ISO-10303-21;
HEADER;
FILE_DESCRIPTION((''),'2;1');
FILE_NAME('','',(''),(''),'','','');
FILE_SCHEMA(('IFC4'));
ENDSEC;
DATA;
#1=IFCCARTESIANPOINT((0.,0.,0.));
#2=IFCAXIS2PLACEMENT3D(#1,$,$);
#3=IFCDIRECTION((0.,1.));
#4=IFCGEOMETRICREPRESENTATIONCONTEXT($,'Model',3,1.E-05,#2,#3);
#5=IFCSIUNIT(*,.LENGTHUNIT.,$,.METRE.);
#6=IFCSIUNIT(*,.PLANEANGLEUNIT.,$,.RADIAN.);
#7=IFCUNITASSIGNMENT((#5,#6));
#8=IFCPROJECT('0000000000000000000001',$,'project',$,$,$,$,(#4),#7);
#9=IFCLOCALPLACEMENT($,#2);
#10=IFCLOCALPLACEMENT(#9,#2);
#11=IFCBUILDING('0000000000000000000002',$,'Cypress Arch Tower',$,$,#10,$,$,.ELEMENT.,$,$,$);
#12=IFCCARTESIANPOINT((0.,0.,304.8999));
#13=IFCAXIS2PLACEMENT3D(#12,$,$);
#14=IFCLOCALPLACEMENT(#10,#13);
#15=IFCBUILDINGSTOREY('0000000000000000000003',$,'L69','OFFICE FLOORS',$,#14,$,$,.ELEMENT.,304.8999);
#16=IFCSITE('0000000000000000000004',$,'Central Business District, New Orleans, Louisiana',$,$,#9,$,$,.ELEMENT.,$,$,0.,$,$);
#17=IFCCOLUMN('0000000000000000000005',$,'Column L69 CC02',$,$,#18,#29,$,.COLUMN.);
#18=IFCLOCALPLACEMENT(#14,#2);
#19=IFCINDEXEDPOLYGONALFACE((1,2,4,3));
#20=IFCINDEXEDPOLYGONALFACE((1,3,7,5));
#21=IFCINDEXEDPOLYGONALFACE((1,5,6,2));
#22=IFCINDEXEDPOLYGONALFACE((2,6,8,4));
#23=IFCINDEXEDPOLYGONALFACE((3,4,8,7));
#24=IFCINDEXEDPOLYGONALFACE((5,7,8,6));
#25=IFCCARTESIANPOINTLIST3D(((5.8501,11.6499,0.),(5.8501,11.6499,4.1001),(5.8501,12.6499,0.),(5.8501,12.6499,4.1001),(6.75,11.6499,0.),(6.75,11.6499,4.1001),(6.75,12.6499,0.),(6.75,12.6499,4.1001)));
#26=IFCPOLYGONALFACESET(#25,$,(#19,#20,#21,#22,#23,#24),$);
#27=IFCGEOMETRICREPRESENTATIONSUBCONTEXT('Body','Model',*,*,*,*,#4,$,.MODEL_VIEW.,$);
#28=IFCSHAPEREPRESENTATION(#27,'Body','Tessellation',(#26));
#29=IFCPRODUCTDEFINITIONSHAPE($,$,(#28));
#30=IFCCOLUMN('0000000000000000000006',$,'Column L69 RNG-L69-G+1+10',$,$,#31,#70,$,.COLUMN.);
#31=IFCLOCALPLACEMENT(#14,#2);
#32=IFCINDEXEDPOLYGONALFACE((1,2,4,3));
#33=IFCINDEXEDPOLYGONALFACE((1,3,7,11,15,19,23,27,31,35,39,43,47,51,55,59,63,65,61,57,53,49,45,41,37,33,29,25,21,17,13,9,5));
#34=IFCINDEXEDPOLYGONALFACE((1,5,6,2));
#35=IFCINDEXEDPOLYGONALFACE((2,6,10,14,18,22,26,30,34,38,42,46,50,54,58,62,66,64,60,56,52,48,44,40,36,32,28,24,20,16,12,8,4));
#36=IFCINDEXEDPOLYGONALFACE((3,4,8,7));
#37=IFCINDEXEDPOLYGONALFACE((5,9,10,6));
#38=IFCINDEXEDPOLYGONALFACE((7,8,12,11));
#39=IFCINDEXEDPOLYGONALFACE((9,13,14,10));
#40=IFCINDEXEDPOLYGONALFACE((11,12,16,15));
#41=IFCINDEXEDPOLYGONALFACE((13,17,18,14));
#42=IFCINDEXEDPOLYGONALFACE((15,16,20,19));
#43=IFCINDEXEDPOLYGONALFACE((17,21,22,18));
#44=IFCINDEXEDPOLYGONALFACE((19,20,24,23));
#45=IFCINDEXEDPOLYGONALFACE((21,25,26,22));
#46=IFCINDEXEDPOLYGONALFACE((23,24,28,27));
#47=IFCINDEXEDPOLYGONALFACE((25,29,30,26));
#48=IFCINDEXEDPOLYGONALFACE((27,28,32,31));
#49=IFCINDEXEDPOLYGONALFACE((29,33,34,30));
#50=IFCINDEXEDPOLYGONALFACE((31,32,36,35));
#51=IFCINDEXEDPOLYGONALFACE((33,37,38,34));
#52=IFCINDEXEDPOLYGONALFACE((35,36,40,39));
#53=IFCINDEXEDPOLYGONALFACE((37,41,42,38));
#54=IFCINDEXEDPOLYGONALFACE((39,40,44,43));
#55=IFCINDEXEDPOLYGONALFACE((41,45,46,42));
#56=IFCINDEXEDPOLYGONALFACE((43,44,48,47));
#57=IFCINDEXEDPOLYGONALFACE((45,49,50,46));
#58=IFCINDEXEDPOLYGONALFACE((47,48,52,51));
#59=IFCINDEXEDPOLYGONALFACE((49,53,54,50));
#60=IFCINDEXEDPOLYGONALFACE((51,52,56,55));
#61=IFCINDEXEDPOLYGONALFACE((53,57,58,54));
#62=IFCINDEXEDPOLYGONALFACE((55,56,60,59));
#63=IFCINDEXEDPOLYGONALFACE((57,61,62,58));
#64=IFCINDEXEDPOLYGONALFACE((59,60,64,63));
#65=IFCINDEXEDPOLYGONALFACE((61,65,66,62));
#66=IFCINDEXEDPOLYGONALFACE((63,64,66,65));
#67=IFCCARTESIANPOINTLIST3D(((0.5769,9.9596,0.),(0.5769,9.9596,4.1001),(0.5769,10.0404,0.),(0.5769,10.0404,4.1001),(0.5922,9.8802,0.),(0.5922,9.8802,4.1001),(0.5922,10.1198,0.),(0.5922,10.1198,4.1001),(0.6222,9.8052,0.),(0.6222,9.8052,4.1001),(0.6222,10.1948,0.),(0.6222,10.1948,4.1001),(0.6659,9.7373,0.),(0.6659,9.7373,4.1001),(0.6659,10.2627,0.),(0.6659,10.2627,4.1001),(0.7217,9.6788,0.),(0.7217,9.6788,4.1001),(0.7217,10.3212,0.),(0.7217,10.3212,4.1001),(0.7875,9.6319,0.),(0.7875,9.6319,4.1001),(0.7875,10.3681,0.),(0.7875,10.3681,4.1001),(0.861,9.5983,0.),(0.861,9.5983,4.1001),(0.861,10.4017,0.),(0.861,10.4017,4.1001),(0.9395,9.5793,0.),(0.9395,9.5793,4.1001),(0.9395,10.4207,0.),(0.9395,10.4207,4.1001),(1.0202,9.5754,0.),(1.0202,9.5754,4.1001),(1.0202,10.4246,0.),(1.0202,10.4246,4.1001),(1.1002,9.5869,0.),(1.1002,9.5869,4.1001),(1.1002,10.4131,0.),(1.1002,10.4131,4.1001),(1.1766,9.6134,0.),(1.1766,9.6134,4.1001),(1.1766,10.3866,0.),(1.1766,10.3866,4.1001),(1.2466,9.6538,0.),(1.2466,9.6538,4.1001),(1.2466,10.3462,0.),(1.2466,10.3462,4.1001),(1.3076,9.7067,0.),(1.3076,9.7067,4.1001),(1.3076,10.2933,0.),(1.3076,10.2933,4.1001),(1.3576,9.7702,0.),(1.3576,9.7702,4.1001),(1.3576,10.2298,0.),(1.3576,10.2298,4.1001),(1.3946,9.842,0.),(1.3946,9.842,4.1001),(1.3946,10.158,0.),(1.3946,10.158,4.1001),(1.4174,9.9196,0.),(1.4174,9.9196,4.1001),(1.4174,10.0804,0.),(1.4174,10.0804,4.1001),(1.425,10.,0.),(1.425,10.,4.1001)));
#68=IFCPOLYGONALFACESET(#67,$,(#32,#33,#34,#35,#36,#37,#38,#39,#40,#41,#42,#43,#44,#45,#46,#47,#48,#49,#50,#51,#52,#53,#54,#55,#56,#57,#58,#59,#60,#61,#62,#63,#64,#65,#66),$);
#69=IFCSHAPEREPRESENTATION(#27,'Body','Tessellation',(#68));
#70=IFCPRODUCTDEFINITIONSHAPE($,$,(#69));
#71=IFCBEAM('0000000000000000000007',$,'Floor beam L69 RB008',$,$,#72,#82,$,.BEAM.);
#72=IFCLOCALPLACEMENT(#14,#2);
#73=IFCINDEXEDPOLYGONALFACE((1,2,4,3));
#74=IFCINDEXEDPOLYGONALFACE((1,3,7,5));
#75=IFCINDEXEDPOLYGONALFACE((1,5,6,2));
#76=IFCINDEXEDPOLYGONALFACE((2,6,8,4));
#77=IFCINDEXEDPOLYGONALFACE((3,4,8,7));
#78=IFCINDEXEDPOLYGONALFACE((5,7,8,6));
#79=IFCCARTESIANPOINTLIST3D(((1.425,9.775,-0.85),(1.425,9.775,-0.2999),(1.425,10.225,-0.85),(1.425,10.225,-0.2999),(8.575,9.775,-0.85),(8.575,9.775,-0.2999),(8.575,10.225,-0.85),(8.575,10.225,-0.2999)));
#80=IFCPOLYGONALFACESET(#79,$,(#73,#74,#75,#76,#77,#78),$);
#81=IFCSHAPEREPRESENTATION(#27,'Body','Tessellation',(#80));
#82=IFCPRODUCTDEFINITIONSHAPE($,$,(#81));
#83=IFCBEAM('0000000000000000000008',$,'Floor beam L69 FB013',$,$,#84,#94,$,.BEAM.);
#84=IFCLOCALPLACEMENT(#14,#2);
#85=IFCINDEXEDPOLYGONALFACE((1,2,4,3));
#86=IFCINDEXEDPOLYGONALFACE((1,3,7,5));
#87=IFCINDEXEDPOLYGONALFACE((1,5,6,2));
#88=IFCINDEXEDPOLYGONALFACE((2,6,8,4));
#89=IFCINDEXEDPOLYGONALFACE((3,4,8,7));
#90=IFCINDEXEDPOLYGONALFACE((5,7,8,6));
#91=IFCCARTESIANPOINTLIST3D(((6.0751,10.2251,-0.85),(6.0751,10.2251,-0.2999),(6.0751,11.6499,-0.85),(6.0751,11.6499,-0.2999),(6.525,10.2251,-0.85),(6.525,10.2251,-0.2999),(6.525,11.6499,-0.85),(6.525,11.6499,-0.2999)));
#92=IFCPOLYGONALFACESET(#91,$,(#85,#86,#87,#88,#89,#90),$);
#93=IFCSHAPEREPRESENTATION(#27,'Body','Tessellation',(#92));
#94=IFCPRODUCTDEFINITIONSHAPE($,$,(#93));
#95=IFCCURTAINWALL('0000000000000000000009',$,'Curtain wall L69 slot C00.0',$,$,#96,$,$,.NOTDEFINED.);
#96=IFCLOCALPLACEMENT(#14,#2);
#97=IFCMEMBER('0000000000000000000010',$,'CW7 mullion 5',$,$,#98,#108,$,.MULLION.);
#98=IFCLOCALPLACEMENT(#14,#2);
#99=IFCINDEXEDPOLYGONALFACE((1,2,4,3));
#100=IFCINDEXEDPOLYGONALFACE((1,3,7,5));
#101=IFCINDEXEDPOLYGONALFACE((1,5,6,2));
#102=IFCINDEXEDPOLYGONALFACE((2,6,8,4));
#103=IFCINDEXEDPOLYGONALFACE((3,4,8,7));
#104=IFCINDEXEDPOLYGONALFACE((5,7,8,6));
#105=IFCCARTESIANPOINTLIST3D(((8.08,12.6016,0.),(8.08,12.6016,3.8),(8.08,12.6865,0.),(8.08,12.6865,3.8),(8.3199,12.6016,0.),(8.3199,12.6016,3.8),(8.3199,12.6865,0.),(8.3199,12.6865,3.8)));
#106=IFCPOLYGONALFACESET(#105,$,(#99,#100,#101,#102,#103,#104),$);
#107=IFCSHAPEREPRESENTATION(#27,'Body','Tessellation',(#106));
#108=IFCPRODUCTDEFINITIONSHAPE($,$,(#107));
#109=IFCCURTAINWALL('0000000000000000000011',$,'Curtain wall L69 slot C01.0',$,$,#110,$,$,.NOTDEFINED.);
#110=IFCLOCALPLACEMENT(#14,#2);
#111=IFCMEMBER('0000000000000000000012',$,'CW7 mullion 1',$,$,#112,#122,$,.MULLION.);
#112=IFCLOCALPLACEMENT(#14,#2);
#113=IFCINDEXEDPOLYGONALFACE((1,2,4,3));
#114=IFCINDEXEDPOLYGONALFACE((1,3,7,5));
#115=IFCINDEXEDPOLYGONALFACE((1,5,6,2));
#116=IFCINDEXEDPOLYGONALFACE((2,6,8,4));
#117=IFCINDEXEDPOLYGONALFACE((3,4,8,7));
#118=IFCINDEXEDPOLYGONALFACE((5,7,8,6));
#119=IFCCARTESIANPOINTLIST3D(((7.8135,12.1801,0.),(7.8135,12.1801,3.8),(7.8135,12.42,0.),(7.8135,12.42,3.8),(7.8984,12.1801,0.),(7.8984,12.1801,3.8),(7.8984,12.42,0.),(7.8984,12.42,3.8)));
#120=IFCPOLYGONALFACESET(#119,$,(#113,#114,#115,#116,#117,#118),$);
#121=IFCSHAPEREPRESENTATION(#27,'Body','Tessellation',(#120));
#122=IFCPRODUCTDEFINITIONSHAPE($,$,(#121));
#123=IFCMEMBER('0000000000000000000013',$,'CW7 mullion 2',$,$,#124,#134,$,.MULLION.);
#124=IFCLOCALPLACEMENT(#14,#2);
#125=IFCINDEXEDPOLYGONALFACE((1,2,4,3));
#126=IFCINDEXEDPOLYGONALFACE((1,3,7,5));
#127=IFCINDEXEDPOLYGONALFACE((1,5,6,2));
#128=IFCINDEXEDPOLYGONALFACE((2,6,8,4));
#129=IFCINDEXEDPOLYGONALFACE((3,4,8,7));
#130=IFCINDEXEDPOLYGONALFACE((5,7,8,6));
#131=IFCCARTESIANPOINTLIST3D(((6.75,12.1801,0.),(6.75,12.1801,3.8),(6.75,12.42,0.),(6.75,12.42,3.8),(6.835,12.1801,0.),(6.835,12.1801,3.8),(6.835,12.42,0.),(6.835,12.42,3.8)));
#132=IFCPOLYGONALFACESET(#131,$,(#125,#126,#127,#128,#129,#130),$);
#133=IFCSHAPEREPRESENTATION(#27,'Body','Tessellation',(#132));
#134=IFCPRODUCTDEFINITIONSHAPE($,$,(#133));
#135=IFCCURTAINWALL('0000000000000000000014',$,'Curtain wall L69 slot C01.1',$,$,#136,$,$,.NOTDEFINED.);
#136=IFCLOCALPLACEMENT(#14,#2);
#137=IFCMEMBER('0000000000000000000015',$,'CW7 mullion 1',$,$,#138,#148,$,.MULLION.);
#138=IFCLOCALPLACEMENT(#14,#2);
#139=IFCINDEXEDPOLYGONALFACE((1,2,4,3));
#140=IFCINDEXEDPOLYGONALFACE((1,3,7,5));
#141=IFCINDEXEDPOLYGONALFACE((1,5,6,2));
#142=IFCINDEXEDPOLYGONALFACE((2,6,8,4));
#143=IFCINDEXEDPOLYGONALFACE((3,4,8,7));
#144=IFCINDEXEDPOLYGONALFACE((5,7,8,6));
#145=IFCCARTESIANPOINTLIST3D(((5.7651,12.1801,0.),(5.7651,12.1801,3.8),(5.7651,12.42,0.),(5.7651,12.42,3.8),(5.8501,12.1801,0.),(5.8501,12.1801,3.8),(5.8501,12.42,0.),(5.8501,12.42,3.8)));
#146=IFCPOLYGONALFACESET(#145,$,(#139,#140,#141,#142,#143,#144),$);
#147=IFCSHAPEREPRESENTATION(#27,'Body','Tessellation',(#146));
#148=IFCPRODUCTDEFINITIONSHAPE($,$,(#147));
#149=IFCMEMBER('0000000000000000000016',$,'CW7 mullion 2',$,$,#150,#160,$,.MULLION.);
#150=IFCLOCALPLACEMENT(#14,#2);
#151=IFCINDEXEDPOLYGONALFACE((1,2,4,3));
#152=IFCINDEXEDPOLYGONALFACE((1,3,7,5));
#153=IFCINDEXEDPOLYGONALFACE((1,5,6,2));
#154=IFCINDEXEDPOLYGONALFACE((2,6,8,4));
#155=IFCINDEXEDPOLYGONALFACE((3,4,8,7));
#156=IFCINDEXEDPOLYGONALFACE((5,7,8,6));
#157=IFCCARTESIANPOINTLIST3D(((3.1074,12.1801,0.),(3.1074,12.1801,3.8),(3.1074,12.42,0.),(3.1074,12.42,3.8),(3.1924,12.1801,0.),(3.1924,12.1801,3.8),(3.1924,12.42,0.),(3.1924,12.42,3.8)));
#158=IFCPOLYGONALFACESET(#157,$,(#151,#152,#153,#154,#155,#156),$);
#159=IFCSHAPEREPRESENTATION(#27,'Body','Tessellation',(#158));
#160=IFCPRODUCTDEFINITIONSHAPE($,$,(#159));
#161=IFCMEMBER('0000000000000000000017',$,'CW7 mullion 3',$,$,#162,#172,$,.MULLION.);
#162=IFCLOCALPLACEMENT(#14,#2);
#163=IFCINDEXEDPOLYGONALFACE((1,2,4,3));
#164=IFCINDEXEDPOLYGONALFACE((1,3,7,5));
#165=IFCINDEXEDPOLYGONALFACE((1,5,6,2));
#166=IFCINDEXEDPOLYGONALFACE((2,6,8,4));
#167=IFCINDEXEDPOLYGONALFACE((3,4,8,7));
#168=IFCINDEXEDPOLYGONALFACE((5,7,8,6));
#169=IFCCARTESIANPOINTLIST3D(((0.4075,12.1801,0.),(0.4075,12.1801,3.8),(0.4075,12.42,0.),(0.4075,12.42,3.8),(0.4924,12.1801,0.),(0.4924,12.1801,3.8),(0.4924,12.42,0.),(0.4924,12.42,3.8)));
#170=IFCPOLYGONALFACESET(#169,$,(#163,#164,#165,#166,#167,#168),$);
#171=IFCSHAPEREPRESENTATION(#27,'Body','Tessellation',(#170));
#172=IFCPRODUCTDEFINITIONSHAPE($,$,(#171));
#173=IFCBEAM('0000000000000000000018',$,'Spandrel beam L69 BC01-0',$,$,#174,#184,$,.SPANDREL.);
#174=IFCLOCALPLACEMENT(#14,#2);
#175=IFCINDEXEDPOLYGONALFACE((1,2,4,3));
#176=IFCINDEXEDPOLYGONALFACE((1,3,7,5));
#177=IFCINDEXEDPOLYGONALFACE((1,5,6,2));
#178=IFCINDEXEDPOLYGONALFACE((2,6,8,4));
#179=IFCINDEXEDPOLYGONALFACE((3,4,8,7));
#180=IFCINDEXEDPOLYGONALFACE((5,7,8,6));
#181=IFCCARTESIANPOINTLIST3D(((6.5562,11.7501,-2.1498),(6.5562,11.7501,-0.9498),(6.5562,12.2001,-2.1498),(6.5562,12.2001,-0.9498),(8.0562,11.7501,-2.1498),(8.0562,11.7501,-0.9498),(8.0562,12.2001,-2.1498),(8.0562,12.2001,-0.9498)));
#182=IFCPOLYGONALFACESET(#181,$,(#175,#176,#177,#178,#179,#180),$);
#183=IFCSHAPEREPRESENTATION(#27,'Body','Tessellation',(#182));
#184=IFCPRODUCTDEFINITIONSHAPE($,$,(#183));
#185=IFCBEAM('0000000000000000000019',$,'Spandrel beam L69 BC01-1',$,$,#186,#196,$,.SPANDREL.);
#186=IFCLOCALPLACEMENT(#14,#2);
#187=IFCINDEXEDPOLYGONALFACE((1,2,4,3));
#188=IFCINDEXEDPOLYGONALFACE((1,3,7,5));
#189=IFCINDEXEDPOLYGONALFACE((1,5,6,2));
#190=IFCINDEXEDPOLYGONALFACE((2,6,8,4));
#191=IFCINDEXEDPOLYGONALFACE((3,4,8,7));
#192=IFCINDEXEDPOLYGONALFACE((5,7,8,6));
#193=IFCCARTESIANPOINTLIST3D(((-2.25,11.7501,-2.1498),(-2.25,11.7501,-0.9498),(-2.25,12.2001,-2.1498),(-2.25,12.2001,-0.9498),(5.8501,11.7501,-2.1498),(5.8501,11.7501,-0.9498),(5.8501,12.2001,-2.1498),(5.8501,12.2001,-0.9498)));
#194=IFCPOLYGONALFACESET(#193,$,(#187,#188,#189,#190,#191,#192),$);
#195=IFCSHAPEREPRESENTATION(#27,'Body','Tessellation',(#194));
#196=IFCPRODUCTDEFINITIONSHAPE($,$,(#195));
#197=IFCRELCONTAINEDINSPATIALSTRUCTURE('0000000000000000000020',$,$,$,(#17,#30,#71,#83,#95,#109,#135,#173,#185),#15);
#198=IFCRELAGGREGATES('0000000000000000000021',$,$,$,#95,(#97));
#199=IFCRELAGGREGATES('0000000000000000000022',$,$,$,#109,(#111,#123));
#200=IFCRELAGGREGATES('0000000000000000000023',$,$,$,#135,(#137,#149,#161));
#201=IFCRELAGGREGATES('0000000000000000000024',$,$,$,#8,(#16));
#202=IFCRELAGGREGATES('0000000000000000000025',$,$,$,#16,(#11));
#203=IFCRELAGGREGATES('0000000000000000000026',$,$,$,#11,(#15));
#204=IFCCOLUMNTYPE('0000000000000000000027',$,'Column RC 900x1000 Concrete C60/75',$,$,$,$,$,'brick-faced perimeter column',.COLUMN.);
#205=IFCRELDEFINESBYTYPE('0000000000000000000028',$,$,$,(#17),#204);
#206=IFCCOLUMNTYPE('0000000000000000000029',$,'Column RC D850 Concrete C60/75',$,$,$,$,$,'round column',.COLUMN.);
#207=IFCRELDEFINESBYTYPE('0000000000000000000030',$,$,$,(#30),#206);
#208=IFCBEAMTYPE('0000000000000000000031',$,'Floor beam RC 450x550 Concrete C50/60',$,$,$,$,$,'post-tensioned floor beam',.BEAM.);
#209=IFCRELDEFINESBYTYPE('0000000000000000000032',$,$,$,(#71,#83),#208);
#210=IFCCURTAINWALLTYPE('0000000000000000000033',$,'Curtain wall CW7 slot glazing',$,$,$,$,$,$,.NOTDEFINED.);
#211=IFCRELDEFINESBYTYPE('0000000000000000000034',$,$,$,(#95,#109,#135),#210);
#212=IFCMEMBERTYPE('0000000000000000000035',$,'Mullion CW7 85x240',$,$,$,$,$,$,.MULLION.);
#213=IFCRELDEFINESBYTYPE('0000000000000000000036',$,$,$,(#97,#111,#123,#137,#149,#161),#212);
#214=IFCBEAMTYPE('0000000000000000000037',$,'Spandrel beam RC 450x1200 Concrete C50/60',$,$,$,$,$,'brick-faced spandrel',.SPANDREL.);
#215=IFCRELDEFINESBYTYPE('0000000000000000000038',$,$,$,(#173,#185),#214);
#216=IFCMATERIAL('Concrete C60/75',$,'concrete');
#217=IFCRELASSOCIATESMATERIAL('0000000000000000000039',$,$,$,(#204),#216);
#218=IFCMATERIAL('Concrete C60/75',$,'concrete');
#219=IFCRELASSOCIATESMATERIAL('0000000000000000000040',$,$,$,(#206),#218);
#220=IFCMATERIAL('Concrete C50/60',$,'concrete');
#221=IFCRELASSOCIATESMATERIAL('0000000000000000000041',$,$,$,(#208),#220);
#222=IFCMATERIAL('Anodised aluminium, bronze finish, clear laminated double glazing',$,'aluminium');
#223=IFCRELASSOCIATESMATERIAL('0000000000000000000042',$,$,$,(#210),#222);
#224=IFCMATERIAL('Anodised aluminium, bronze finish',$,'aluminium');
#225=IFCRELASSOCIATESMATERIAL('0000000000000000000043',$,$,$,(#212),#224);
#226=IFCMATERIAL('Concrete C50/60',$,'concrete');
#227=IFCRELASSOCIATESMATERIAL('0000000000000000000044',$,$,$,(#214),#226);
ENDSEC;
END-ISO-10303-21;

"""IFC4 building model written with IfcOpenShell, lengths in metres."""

from ifc_helpers import new_model, si_unit, direction, frame, origin, origin_2d, place, context, subcontext, project, spatial, rectangle, circle, extrude, material, material_profile, profile_set, type_object, element, aggregate, save


model = new_model("IFC4")

# Units and contexts
model_context = context("Model", 3, precision=1e-05, world=origin(), true_north=direction((0.0, 1.0)))
body_context = subcontext(model_context, "Body", "Model", "MODEL_VIEW")
ifc_project = project(units=[si_unit("LENGTHUNIT", "METRE"), si_unit("PLANEANGLEUNIT", "RADIAN")], contexts=[model_context])

# Site, building, storey
site_placement = place(None, origin())
site = spatial("IfcSite", under=ifc_project, at=site_placement, Name="Central Business District, New Orleans, Louisiana", CompositionType="ELEMENT", RefElevation=0.0)
building_placement = place(site_placement, origin())
building = spatial("IfcBuilding", under=site, at=building_placement, Name="Cypress Arch Tower", CompositionType="ELEMENT")
storey_placement = place(building_placement, frame((0.0, 0.0, 304.8999)))
storey = spatial("IfcBuildingStorey", under=building, at=storey_placement, Name="L69", Description="OFFICE FLOORS", CompositionType="ELEMENT", Elevation=304.8999)

# Columns
ifc_material_1 = material(Name="Concrete C60/75", Category="concrete")
ifc_material_profile_1 = material_profile(ifc_material_1, rectangle(XDim=0.8999, YDim=1.0, at=origin_2d()), Name="RC 900x1000")
ifc_profile_set_1 = profile_set([ifc_material_profile_1], Name="Concrete C60/75")
column_type_1 = type_object("IfcColumnType", Name="Column RC 900x1000 Concrete C60/75", ElementType="brick-faced perimeter column", PredefinedType="COLUMN", material=ifc_profile_set_1)
column_1_placement = place(storey_placement, frame((6.3, 12.1499, 0.0), z_axis=(0.0, 0.0, 1.0), x_axis=(-1.0, 0.0, 0.0)))
element("IfcColumn", 1, at=column_1_placement, inside=storey, type_object=column_type_1, Name="Column L69 CC02", PredefinedType="COLUMN", context=body_context, shape_type="SweptSolid", body=[
    extrude(rectangle(XDim=0.8999, YDim=1.0, at=origin_2d()), origin(), (0.0, 0.0, 1.0), 4.1001),
])
ifc_material_2 = material(Name="Concrete C60/75", Category="concrete")
ifc_material_profile_2 = material_profile(ifc_material_2, circle(Radius=0.425, at=origin_2d()), Name="RC D850")
ifc_profile_set_2 = profile_set([ifc_material_profile_2], Name="Concrete C60/75")
column_type_2 = type_object("IfcColumnType", Name="Column RC D850 Concrete C60/75", ElementType="round column", PredefinedType="COLUMN", material=ifc_profile_set_2)
column_2_placement = place(storey_placement, frame((1.0, 10.0, 0.0), z_axis=(0.0, 0.0, 1.0), x_axis=(1.0, 0.0, 0.0)))
element("IfcColumn", 2, at=column_2_placement, inside=storey, type_object=column_type_2, Name="Column L69 RNG-L69-G+1+10", PredefinedType="COLUMN", context=body_context, shape_type="SweptSolid", body=[
    extrude(circle(Radius=0.425, at=origin_2d()), origin(), (0.0, 0.0, 1.0), 4.1001),
])

# Beams
ifc_material_3 = material(Name="Concrete C50/60", Category="concrete")
ifc_material_profile_3 = material_profile(ifc_material_3, rectangle(XDim=0.45, YDim=0.55, at=origin_2d()), Name="RC 450x550")
ifc_profile_set_3 = profile_set([ifc_material_profile_3], Name="Concrete C50/60")
beam_type_1 = type_object("IfcBeamType", Name="Floor beam RC 450x550 Concrete C50/60", ElementType="post-tensioned floor beam", PredefinedType="BEAM", material=ifc_profile_set_3)
beam_1_placement = place(storey_placement, frame((1.425, 10.0, -0.575), z_axis=(1.0, 0.0, 0.0), x_axis=(0.0, 1.0, 0.0)))
element("IfcBeam", 3, at=beam_1_placement, inside=storey, type_object=beam_type_1, Name="Floor beam L69 RB008", PredefinedType="BEAM", context=body_context, shape_type="SweptSolid", body=[
    extrude(rectangle(XDim=0.45, YDim=0.55, at=origin_2d()), origin(), (0.0, 0.0, 1.0), 7.1499),
])
beam_2_placement = place(storey_placement, frame((6.3, 10.2251, -0.575), z_axis=(0.0, 1.0, 0.0), x_axis=(-1.0, 0.0, 0.0)))
element("IfcBeam", 4, at=beam_2_placement, inside=storey, type_object=beam_type_1, Name="Floor beam L69 FB013", PredefinedType="BEAM", context=body_context, shape_type="SweptSolid", body=[
    extrude(rectangle(XDim=0.45, YDim=0.55, at=origin_2d()), origin(), (0.0, 0.0, 1.0), 1.4248),
])

# Curtain wall, member
ifc_material_4 = material(Name="Anodised aluminium, bronze finish, clear laminated double glazing", Category="aluminium")
curtain_wall_type = type_object("IfcCurtainWallType", Name="Curtain wall CW7 slot glazing", PredefinedType="NOTDEFINED", material=ifc_material_4)
curtain_wall_1_placement = place(storey_placement, origin())
curtain_wall_1 = element("IfcCurtainWall", 5, at=curtain_wall_1_placement, inside=storey, type_object=curtain_wall_type, Name="Curtain wall L69 slot C00.0", PredefinedType="NOTDEFINED")
ifc_material_5 = material(Name="Anodised aluminium, bronze finish", Category="aluminium")
ifc_material_profile_4 = material_profile(ifc_material_5, rectangle(XDim=0.24, YDim=0.085, at=origin_2d()), Name="Mullion 85x240")
ifc_profile_set_4 = profile_set([ifc_material_profile_4], Name="Anodised aluminium, bronze finish")
member_type_1 = type_object("IfcMemberType", Name="Mullion CW7 85x240", PredefinedType="MULLION", material=ifc_profile_set_4)
member_1_placement = place(storey_placement, frame((8.2, 12.644, 0.0), z_axis=(0.0, 0.0, 1.0), x_axis=(1.0, 0.0, 0.0)))
member_1 = element("IfcMember", 6, at=member_1_placement, type_object=member_type_1, Name="CW7 mullion 5", PredefinedType="MULLION", context=body_context, shape_type="SweptSolid", body=[
    extrude(rectangle(XDim=0.24, YDim=0.085, at=origin_2d()), origin(), (0.0, 0.0, 1.0), 3.8),
])

# Curtain walls, members
curtain_wall_2_placement = place(storey_placement, origin())
curtain_wall_2 = element("IfcCurtainWall", 7, at=curtain_wall_2_placement, inside=storey, type_object=curtain_wall_type, Name="Curtain wall L69 slot C01.0", PredefinedType="NOTDEFINED")
member_2_placement = place(storey_placement, frame((7.856, 12.3, 0.0), z_axis=(0.0, 0.0, 1.0), x_axis=(0.0, -1.0, 0.0)))
member_2 = element("IfcMember", 8, at=member_2_placement, type_object=member_type_1, Name="CW7 mullion 1", PredefinedType="MULLION", context=body_context, shape_type="SweptSolid", body=[
    extrude(rectangle(XDim=0.24, YDim=0.085, at=origin_2d()), origin(), (0.0, 0.0, 1.0), 3.8),
])
member_3_placement = place(storey_placement, frame((6.7925, 12.3, 0.0), z_axis=(0.0, 0.0, 1.0), x_axis=(0.0, -1.0, 0.0)))
member_3 = element("IfcMember", 9, at=member_3_placement, type_object=member_type_1, Name="CW7 mullion 2", PredefinedType="MULLION", context=body_context, shape_type="SweptSolid", body=[
    extrude(rectangle(XDim=0.24, YDim=0.085, at=origin_2d()), origin(), (0.0, 0.0, 1.0), 3.8),
])
curtain_wall_3_placement = place(storey_placement, origin())
curtain_wall_3 = element("IfcCurtainWall", 10, at=curtain_wall_3_placement, inside=storey, type_object=curtain_wall_type, Name="Curtain wall L69 slot C01.1", PredefinedType="NOTDEFINED")
member_4_placement = place(storey_placement, frame((5.8076, 12.3, 0.0), z_axis=(0.0, 0.0, 1.0), x_axis=(0.0, -1.0, 0.0)))
member_4 = element("IfcMember", 11, at=member_4_placement, type_object=member_type_1, Name="CW7 mullion 1", PredefinedType="MULLION", context=body_context, shape_type="SweptSolid", body=[
    extrude(rectangle(XDim=0.24, YDim=0.085, at=origin_2d()), origin(), (0.0, 0.0, 1.0), 3.8),
])
member_5_placement = place(storey_placement, frame((3.1499, 12.3, 0.0), z_axis=(0.0, 0.0, 1.0), x_axis=(0.0, -1.0, 0.0)))
member_5 = element("IfcMember", 12, at=member_5_placement, type_object=member_type_1, Name="CW7 mullion 2", PredefinedType="MULLION", context=body_context, shape_type="SweptSolid", body=[
    extrude(rectangle(XDim=0.24, YDim=0.085, at=origin_2d()), origin(), (0.0, 0.0, 1.0), 3.8),
])
member_6_placement = place(storey_placement, frame((0.45, 12.3, 0.0), z_axis=(0.0, 0.0, 1.0), x_axis=(0.0, -1.0, 0.0)))
member_6 = element("IfcMember", 13, at=member_6_placement, type_object=member_type_1, Name="CW7 mullion 3", PredefinedType="MULLION", context=body_context, shape_type="SweptSolid", body=[
    extrude(rectangle(XDim=0.24, YDim=0.085, at=origin_2d()), origin(), (0.0, 0.0, 1.0), 3.8),
])

# Beams
ifc_material_6 = material(Name="Concrete C50/60", Category="concrete")
ifc_material_profile_5 = material_profile(ifc_material_6, rectangle(XDim=0.45, YDim=1.2, at=origin_2d()), Name="RC 450x1200")
ifc_profile_set_5 = profile_set([ifc_material_profile_5], Name="Concrete C50/60")
beam_type_2 = type_object("IfcBeamType", Name="Spandrel beam RC 450x1200 Concrete C50/60", ElementType="brick-faced spandrel", PredefinedType="SPANDREL", material=ifc_profile_set_5)
beam_3_placement = place(storey_placement, frame((8.0562, 11.9751, -1.5498), z_axis=(-1.0, 0.0, 0.0), x_axis=(0.0, -1.0, 0.0)))
element("IfcBeam", 14, at=beam_3_placement, inside=storey, type_object=beam_type_2, Name="Spandrel beam L69 BC01-0", PredefinedType="SPANDREL", context=body_context, shape_type="SweptSolid", body=[
    extrude(rectangle(XDim=0.45, YDim=1.2, at=origin_2d()), origin(), (0.0, 0.0, 1.0), 1.5),
])
beam_4_placement = place(storey_placement, frame((5.8501, 11.9751, -1.5498), z_axis=(-1.0, 0.0, 0.0), x_axis=(0.0, -1.0, 0.0)))
element("IfcBeam", 15, at=beam_4_placement, inside=storey, type_object=beam_type_2, Name="Spandrel beam L69 BC01-1", PredefinedType="SPANDREL", context=body_context, shape_type="SweptSolid", body=[
    extrude(rectangle(XDim=0.45, YDim=1.2, at=origin_2d()), origin(), (0.0, 0.0, 1.0), 8.1001),
])

aggregate(curtain_wall_1, [member_1])
aggregate(curtain_wall_2, [member_2, member_3])
aggregate(curtain_wall_3, [member_4, member_5, member_6])

save(model, "model.ifc")
